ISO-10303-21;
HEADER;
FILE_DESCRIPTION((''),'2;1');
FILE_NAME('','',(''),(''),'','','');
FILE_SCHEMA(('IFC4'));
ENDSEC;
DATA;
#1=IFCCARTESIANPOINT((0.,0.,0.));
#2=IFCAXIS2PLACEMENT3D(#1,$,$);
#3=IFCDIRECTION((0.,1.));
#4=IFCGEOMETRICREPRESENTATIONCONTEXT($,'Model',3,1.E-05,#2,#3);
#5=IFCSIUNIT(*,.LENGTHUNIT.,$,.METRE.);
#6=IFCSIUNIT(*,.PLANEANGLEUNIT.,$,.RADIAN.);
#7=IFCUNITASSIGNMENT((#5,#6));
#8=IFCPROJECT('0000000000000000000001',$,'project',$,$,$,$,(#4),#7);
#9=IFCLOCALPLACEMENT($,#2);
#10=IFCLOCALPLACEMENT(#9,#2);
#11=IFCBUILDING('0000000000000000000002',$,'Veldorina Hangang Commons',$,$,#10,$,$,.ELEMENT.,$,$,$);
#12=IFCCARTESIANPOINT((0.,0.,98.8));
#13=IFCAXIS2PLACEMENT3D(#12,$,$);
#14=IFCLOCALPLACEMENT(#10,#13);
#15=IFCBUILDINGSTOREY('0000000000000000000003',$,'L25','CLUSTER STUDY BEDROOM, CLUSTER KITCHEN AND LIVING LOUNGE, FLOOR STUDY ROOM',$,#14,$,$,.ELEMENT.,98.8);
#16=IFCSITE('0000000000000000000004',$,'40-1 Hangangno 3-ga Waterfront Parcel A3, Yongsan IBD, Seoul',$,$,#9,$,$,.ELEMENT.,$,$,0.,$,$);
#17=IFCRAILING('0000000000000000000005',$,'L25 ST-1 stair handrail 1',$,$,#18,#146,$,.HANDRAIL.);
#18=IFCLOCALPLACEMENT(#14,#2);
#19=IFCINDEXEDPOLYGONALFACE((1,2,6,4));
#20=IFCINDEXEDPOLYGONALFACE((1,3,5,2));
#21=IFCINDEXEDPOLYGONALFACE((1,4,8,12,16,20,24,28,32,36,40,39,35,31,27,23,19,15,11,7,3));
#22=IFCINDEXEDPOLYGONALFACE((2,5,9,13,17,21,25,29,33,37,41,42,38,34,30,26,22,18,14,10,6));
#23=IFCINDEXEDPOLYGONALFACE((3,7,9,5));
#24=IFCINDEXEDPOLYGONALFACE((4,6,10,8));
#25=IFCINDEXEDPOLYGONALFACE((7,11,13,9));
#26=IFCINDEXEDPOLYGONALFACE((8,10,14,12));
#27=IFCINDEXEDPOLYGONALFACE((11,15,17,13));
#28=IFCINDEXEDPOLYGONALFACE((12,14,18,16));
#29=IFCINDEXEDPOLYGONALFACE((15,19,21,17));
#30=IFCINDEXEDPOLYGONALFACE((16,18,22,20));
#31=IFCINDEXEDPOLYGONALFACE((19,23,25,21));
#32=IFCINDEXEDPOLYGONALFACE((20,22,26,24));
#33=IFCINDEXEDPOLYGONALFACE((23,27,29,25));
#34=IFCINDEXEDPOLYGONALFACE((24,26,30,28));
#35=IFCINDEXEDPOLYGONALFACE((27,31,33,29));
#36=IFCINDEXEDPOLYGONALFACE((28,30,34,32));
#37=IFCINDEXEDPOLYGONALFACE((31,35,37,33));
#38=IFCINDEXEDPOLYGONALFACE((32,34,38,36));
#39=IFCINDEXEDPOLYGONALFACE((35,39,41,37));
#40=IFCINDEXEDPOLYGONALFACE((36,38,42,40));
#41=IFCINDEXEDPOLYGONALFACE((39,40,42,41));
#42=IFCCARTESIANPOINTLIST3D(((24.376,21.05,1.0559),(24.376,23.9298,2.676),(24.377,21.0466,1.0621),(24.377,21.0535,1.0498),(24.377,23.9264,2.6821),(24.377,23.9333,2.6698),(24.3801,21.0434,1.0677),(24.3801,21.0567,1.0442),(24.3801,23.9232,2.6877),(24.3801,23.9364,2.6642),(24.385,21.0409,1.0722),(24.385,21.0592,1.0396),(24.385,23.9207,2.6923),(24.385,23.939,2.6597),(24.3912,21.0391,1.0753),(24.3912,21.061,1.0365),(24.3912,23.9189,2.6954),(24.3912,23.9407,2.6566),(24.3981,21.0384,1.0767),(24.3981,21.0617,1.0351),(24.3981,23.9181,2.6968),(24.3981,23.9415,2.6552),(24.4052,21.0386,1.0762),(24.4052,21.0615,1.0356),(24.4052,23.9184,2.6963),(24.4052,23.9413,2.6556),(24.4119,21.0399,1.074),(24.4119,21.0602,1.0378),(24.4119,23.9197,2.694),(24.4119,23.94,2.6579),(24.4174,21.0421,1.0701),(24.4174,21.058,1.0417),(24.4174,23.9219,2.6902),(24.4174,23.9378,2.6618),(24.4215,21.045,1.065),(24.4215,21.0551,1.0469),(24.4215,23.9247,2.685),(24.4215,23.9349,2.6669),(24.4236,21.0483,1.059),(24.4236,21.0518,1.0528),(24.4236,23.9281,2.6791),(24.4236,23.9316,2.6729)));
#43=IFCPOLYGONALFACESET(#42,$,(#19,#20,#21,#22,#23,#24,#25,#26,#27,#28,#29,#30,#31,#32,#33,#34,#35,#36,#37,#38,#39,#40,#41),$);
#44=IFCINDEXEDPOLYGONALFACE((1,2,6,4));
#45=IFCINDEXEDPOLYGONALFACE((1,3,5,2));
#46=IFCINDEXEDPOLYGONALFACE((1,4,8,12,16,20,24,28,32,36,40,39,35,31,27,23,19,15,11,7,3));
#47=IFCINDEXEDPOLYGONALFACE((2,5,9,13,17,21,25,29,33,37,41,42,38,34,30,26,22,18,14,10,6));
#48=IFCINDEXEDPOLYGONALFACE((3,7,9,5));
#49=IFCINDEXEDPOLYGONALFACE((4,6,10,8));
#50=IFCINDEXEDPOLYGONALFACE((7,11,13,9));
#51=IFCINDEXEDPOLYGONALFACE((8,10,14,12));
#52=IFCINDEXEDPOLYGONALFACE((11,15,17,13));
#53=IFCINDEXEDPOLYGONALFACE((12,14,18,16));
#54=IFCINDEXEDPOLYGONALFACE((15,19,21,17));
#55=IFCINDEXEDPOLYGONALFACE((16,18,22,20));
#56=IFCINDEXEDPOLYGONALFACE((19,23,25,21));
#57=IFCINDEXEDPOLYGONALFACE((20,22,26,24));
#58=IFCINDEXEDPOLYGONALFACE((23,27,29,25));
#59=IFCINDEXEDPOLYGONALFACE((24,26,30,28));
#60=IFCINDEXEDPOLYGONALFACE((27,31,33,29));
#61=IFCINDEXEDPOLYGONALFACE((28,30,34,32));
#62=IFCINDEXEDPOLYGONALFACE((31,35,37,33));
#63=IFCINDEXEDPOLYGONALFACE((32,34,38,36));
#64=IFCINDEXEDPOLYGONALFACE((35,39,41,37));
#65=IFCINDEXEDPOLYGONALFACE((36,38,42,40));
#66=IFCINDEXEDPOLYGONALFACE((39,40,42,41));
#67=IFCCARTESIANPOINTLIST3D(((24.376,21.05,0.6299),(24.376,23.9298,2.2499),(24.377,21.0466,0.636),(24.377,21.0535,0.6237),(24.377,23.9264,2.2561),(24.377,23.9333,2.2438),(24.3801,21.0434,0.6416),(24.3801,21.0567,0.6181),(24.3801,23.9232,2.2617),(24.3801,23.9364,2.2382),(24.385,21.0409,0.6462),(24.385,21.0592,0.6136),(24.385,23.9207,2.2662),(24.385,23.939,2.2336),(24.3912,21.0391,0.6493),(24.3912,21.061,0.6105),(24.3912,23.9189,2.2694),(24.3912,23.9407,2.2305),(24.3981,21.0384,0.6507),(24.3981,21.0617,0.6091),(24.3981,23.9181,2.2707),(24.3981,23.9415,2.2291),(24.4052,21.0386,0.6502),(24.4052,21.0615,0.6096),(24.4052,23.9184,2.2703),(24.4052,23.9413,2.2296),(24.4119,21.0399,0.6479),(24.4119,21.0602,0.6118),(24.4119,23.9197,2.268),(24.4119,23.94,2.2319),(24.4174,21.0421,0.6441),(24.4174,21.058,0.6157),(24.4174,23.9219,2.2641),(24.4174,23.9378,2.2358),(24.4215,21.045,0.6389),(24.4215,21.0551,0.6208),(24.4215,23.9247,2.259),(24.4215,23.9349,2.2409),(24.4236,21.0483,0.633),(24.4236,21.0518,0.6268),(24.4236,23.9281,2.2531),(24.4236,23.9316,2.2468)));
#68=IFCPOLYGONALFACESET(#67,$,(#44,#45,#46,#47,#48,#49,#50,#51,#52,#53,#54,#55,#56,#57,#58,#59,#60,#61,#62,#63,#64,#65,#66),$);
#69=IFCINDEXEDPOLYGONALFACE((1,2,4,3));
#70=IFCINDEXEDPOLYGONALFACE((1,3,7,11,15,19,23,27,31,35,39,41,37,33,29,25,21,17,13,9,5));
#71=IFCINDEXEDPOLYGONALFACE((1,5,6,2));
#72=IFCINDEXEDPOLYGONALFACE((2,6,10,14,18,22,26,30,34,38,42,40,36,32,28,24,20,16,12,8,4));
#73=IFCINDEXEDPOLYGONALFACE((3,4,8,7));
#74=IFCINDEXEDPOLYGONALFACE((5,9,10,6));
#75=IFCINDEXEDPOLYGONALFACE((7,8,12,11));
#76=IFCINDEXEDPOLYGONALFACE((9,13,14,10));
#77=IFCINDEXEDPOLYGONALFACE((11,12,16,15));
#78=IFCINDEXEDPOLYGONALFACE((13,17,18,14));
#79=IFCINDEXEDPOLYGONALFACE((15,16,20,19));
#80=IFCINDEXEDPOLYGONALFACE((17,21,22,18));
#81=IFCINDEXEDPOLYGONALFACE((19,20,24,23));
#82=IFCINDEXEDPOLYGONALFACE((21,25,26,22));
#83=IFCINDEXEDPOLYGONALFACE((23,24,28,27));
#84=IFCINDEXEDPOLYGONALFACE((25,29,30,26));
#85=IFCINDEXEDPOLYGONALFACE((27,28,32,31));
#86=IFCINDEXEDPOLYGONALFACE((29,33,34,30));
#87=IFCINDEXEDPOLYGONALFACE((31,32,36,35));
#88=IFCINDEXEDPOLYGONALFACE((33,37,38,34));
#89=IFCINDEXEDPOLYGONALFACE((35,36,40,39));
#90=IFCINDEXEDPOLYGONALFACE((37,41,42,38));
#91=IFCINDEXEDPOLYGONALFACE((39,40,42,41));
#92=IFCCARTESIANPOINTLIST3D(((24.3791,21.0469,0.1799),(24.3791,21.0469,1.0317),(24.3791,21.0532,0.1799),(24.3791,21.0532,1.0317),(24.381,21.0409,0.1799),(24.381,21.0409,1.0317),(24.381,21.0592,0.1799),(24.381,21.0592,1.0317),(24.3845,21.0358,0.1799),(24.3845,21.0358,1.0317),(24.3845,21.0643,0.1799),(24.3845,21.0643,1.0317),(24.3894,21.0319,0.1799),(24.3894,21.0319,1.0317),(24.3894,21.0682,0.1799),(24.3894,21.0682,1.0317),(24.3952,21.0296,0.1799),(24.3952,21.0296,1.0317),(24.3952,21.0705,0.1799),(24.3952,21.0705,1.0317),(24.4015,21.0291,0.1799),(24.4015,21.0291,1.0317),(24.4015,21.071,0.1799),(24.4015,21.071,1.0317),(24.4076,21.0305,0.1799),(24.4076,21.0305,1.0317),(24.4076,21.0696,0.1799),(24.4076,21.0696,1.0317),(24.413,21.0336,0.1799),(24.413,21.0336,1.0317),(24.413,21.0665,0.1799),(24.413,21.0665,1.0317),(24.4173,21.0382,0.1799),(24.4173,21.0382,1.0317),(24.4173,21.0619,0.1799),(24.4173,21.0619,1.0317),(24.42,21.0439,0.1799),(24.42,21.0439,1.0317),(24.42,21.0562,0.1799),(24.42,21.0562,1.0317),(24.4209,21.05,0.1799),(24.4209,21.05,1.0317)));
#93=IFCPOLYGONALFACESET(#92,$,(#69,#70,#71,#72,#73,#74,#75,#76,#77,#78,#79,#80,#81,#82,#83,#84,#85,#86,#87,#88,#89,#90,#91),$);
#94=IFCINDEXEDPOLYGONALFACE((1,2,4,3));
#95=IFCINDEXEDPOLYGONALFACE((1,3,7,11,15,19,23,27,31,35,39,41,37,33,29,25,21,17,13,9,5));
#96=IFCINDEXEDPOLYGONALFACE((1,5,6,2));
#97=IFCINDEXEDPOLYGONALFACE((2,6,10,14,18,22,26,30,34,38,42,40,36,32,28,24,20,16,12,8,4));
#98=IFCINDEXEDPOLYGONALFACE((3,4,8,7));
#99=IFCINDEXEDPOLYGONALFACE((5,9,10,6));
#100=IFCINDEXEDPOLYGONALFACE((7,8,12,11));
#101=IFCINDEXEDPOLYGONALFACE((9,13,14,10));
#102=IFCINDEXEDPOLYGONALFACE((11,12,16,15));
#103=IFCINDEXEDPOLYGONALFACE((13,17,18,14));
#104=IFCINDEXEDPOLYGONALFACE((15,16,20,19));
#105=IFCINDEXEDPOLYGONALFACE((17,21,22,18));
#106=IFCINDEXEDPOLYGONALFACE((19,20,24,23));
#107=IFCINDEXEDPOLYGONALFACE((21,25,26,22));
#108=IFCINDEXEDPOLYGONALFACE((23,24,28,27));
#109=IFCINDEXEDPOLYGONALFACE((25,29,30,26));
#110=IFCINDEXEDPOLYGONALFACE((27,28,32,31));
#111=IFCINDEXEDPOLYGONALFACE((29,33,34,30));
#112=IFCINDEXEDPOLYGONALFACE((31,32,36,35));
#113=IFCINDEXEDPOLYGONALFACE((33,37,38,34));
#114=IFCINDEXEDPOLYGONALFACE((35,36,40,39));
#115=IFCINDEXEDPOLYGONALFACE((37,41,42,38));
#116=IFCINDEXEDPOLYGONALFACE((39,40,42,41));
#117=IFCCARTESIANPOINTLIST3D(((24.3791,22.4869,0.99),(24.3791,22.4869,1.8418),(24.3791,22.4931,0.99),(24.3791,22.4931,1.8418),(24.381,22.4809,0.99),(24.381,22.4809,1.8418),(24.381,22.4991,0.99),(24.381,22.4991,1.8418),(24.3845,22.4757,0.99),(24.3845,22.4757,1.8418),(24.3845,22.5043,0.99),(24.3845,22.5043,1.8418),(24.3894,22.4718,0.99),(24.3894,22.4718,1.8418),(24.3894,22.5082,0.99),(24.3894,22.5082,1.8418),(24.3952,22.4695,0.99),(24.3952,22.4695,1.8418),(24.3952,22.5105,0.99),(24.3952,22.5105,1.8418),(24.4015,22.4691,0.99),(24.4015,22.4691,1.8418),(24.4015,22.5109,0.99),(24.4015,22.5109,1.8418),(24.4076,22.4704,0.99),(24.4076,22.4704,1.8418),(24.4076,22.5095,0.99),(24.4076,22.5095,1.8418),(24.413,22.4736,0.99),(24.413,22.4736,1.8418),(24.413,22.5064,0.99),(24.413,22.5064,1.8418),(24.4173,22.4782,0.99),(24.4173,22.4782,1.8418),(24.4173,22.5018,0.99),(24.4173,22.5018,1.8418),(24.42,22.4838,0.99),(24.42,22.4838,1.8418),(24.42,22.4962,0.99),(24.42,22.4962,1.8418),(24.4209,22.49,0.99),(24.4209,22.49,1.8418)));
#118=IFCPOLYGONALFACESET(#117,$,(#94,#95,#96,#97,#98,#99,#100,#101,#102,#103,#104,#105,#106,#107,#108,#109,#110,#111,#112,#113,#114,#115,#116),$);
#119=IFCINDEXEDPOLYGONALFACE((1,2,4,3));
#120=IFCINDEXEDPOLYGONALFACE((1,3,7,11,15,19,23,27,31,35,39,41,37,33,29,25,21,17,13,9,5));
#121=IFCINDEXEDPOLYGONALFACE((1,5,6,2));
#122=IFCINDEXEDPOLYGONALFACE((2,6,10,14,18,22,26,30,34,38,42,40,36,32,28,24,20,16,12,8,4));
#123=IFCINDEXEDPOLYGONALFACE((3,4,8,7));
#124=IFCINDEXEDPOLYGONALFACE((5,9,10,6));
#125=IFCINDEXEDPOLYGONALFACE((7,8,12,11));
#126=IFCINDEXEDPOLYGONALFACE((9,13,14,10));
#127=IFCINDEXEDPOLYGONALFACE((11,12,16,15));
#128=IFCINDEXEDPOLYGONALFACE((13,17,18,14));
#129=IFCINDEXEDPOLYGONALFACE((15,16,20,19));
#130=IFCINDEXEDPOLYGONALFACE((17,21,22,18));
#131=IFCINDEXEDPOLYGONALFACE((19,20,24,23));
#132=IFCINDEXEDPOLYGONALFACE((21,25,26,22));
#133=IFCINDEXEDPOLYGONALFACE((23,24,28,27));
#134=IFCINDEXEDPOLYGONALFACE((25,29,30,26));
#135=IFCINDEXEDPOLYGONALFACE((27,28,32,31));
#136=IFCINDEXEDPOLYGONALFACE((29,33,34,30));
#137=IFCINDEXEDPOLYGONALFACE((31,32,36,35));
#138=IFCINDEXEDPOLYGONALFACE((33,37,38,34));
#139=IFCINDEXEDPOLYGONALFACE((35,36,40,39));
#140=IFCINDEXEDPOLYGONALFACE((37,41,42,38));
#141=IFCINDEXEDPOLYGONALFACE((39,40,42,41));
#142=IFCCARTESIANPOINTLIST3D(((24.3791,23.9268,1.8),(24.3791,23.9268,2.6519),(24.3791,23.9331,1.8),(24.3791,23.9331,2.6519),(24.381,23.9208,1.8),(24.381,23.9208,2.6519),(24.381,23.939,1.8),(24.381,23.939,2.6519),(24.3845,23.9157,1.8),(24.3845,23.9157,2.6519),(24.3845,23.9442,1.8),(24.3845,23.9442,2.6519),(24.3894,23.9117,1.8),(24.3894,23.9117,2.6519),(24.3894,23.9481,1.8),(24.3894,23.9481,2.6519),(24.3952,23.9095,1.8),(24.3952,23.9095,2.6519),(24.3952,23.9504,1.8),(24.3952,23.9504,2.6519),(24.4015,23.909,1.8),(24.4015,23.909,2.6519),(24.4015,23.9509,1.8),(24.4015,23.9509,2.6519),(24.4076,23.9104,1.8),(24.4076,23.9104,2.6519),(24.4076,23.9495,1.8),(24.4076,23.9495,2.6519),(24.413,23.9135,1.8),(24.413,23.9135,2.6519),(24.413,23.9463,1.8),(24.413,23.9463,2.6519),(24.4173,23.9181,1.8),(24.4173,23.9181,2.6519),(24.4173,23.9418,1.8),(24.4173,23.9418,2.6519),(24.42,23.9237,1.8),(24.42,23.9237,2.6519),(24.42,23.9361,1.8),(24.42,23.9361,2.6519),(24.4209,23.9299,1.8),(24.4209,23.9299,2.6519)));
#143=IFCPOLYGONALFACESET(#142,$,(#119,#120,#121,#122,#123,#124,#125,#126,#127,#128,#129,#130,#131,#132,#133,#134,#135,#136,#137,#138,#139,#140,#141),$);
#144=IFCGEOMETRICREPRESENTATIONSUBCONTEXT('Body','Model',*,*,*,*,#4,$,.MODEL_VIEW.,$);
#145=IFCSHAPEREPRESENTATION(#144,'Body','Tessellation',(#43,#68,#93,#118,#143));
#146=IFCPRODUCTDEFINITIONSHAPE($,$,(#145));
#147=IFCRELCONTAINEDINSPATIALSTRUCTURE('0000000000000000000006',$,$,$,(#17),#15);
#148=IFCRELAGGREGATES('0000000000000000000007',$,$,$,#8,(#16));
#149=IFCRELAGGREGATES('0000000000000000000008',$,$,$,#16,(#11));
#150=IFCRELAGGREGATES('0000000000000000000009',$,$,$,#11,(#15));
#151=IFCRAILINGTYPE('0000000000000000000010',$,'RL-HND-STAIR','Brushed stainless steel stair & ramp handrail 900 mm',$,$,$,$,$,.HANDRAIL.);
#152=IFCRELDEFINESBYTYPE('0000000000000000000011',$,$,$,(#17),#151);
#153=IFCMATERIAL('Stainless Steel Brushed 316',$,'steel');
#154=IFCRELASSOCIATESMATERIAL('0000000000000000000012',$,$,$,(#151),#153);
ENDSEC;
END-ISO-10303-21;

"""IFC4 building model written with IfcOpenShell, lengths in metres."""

from ifc_helpers import new_model, si_unit, direction, frame, origin, origin_2d, place, context, subcontext, project, spatial, circle, extrude, material, type_object, element, save


model = new_model("IFC4")

# Units and contexts
model_context = context("Model", 3, precision=1e-05, world=origin(), true_north=direction((0.0, 1.0)))
body_context = subcontext(model_context, "Body", "Model", "MODEL_VIEW")
ifc_project = project(units=[si_unit("LENGTHUNIT", "METRE"), si_unit("PLANEANGLEUNIT", "RADIAN")], contexts=[model_context])

# Site, building, storey
site_placement = place(None, origin())
site = spatial("IfcSite", under=ifc_project, at=site_placement, Name="40-1 Hangangno 3-ga Waterfront Parcel A3, Yongsan IBD, Seoul", CompositionType="ELEMENT", RefElevation=0.0)
building_placement = place(site_placement, origin())
building = spatial("IfcBuilding", under=site, at=building_placement, Name="Veldorina Hangang Commons", CompositionType="ELEMENT")
storey_placement = place(building_placement, frame((0.0, 0.0, 98.8)))
storey = spatial("IfcBuildingStorey", under=building, at=storey_placement, Name="L25", Description="CLUSTER STUDY BEDROOM, CLUSTER KITCHEN AND LIVING LOUNGE, FLOOR STUDY ROOM", CompositionType="ELEMENT", Elevation=98.8)

# Railing
ifc_material_1 = material(Name="Stainless Steel Brushed 316", Category="steel")
railing_type_1 = type_object("IfcRailingType", Name="RL-HND-STAIR", Description="Brushed stainless steel stair & ramp handrail 900 mm", PredefinedType="HANDRAIL", material=ifc_material_1)
railing_1_placement = place(storey_placement, frame((24.3999, 21.05, 0.1799)))
element("IfcRailing", 1, at=railing_1_placement, inside=storey, type_object=railing_type_1, Name="L25 ST-1 stair handrail 1", PredefinedType="HANDRAIL", context=body_context, shape_type="SweptSolid", body=[
    extrude(circle(Radius=0.0239, at=origin_2d()), frame((0.0, 0.0, 0.876), z_axis=(0.0, 0.871552, 0.490303), x_axis=(-1.0, 0.0, 0.0)), (0.0, 0.0, 1.0), 3.3042),
    extrude(circle(Radius=0.0239, at=origin_2d()), frame((0.0, 0.0, 0.45), z_axis=(0.0, 0.871552, 0.490303), x_axis=(-1.0, 0.0, 0.0)), (0.0, 0.0, 1.0), 3.3042),
    extrude(circle(Radius=0.021, at=origin_2d()), origin(), (0.0, 0.0, 1.0), 0.8518),
    extrude(circle(Radius=0.021, at=origin_2d()), frame((0.0, 1.4399, 0.8101)), (0.0, 0.0, 1.0), 0.8518),
    extrude(circle(Radius=0.021, at=origin_2d()), frame((0.0, 2.8799, 1.6201)), (0.0, 0.0, 1.0), 0.8518),
])

save(model, "model.ifc")
